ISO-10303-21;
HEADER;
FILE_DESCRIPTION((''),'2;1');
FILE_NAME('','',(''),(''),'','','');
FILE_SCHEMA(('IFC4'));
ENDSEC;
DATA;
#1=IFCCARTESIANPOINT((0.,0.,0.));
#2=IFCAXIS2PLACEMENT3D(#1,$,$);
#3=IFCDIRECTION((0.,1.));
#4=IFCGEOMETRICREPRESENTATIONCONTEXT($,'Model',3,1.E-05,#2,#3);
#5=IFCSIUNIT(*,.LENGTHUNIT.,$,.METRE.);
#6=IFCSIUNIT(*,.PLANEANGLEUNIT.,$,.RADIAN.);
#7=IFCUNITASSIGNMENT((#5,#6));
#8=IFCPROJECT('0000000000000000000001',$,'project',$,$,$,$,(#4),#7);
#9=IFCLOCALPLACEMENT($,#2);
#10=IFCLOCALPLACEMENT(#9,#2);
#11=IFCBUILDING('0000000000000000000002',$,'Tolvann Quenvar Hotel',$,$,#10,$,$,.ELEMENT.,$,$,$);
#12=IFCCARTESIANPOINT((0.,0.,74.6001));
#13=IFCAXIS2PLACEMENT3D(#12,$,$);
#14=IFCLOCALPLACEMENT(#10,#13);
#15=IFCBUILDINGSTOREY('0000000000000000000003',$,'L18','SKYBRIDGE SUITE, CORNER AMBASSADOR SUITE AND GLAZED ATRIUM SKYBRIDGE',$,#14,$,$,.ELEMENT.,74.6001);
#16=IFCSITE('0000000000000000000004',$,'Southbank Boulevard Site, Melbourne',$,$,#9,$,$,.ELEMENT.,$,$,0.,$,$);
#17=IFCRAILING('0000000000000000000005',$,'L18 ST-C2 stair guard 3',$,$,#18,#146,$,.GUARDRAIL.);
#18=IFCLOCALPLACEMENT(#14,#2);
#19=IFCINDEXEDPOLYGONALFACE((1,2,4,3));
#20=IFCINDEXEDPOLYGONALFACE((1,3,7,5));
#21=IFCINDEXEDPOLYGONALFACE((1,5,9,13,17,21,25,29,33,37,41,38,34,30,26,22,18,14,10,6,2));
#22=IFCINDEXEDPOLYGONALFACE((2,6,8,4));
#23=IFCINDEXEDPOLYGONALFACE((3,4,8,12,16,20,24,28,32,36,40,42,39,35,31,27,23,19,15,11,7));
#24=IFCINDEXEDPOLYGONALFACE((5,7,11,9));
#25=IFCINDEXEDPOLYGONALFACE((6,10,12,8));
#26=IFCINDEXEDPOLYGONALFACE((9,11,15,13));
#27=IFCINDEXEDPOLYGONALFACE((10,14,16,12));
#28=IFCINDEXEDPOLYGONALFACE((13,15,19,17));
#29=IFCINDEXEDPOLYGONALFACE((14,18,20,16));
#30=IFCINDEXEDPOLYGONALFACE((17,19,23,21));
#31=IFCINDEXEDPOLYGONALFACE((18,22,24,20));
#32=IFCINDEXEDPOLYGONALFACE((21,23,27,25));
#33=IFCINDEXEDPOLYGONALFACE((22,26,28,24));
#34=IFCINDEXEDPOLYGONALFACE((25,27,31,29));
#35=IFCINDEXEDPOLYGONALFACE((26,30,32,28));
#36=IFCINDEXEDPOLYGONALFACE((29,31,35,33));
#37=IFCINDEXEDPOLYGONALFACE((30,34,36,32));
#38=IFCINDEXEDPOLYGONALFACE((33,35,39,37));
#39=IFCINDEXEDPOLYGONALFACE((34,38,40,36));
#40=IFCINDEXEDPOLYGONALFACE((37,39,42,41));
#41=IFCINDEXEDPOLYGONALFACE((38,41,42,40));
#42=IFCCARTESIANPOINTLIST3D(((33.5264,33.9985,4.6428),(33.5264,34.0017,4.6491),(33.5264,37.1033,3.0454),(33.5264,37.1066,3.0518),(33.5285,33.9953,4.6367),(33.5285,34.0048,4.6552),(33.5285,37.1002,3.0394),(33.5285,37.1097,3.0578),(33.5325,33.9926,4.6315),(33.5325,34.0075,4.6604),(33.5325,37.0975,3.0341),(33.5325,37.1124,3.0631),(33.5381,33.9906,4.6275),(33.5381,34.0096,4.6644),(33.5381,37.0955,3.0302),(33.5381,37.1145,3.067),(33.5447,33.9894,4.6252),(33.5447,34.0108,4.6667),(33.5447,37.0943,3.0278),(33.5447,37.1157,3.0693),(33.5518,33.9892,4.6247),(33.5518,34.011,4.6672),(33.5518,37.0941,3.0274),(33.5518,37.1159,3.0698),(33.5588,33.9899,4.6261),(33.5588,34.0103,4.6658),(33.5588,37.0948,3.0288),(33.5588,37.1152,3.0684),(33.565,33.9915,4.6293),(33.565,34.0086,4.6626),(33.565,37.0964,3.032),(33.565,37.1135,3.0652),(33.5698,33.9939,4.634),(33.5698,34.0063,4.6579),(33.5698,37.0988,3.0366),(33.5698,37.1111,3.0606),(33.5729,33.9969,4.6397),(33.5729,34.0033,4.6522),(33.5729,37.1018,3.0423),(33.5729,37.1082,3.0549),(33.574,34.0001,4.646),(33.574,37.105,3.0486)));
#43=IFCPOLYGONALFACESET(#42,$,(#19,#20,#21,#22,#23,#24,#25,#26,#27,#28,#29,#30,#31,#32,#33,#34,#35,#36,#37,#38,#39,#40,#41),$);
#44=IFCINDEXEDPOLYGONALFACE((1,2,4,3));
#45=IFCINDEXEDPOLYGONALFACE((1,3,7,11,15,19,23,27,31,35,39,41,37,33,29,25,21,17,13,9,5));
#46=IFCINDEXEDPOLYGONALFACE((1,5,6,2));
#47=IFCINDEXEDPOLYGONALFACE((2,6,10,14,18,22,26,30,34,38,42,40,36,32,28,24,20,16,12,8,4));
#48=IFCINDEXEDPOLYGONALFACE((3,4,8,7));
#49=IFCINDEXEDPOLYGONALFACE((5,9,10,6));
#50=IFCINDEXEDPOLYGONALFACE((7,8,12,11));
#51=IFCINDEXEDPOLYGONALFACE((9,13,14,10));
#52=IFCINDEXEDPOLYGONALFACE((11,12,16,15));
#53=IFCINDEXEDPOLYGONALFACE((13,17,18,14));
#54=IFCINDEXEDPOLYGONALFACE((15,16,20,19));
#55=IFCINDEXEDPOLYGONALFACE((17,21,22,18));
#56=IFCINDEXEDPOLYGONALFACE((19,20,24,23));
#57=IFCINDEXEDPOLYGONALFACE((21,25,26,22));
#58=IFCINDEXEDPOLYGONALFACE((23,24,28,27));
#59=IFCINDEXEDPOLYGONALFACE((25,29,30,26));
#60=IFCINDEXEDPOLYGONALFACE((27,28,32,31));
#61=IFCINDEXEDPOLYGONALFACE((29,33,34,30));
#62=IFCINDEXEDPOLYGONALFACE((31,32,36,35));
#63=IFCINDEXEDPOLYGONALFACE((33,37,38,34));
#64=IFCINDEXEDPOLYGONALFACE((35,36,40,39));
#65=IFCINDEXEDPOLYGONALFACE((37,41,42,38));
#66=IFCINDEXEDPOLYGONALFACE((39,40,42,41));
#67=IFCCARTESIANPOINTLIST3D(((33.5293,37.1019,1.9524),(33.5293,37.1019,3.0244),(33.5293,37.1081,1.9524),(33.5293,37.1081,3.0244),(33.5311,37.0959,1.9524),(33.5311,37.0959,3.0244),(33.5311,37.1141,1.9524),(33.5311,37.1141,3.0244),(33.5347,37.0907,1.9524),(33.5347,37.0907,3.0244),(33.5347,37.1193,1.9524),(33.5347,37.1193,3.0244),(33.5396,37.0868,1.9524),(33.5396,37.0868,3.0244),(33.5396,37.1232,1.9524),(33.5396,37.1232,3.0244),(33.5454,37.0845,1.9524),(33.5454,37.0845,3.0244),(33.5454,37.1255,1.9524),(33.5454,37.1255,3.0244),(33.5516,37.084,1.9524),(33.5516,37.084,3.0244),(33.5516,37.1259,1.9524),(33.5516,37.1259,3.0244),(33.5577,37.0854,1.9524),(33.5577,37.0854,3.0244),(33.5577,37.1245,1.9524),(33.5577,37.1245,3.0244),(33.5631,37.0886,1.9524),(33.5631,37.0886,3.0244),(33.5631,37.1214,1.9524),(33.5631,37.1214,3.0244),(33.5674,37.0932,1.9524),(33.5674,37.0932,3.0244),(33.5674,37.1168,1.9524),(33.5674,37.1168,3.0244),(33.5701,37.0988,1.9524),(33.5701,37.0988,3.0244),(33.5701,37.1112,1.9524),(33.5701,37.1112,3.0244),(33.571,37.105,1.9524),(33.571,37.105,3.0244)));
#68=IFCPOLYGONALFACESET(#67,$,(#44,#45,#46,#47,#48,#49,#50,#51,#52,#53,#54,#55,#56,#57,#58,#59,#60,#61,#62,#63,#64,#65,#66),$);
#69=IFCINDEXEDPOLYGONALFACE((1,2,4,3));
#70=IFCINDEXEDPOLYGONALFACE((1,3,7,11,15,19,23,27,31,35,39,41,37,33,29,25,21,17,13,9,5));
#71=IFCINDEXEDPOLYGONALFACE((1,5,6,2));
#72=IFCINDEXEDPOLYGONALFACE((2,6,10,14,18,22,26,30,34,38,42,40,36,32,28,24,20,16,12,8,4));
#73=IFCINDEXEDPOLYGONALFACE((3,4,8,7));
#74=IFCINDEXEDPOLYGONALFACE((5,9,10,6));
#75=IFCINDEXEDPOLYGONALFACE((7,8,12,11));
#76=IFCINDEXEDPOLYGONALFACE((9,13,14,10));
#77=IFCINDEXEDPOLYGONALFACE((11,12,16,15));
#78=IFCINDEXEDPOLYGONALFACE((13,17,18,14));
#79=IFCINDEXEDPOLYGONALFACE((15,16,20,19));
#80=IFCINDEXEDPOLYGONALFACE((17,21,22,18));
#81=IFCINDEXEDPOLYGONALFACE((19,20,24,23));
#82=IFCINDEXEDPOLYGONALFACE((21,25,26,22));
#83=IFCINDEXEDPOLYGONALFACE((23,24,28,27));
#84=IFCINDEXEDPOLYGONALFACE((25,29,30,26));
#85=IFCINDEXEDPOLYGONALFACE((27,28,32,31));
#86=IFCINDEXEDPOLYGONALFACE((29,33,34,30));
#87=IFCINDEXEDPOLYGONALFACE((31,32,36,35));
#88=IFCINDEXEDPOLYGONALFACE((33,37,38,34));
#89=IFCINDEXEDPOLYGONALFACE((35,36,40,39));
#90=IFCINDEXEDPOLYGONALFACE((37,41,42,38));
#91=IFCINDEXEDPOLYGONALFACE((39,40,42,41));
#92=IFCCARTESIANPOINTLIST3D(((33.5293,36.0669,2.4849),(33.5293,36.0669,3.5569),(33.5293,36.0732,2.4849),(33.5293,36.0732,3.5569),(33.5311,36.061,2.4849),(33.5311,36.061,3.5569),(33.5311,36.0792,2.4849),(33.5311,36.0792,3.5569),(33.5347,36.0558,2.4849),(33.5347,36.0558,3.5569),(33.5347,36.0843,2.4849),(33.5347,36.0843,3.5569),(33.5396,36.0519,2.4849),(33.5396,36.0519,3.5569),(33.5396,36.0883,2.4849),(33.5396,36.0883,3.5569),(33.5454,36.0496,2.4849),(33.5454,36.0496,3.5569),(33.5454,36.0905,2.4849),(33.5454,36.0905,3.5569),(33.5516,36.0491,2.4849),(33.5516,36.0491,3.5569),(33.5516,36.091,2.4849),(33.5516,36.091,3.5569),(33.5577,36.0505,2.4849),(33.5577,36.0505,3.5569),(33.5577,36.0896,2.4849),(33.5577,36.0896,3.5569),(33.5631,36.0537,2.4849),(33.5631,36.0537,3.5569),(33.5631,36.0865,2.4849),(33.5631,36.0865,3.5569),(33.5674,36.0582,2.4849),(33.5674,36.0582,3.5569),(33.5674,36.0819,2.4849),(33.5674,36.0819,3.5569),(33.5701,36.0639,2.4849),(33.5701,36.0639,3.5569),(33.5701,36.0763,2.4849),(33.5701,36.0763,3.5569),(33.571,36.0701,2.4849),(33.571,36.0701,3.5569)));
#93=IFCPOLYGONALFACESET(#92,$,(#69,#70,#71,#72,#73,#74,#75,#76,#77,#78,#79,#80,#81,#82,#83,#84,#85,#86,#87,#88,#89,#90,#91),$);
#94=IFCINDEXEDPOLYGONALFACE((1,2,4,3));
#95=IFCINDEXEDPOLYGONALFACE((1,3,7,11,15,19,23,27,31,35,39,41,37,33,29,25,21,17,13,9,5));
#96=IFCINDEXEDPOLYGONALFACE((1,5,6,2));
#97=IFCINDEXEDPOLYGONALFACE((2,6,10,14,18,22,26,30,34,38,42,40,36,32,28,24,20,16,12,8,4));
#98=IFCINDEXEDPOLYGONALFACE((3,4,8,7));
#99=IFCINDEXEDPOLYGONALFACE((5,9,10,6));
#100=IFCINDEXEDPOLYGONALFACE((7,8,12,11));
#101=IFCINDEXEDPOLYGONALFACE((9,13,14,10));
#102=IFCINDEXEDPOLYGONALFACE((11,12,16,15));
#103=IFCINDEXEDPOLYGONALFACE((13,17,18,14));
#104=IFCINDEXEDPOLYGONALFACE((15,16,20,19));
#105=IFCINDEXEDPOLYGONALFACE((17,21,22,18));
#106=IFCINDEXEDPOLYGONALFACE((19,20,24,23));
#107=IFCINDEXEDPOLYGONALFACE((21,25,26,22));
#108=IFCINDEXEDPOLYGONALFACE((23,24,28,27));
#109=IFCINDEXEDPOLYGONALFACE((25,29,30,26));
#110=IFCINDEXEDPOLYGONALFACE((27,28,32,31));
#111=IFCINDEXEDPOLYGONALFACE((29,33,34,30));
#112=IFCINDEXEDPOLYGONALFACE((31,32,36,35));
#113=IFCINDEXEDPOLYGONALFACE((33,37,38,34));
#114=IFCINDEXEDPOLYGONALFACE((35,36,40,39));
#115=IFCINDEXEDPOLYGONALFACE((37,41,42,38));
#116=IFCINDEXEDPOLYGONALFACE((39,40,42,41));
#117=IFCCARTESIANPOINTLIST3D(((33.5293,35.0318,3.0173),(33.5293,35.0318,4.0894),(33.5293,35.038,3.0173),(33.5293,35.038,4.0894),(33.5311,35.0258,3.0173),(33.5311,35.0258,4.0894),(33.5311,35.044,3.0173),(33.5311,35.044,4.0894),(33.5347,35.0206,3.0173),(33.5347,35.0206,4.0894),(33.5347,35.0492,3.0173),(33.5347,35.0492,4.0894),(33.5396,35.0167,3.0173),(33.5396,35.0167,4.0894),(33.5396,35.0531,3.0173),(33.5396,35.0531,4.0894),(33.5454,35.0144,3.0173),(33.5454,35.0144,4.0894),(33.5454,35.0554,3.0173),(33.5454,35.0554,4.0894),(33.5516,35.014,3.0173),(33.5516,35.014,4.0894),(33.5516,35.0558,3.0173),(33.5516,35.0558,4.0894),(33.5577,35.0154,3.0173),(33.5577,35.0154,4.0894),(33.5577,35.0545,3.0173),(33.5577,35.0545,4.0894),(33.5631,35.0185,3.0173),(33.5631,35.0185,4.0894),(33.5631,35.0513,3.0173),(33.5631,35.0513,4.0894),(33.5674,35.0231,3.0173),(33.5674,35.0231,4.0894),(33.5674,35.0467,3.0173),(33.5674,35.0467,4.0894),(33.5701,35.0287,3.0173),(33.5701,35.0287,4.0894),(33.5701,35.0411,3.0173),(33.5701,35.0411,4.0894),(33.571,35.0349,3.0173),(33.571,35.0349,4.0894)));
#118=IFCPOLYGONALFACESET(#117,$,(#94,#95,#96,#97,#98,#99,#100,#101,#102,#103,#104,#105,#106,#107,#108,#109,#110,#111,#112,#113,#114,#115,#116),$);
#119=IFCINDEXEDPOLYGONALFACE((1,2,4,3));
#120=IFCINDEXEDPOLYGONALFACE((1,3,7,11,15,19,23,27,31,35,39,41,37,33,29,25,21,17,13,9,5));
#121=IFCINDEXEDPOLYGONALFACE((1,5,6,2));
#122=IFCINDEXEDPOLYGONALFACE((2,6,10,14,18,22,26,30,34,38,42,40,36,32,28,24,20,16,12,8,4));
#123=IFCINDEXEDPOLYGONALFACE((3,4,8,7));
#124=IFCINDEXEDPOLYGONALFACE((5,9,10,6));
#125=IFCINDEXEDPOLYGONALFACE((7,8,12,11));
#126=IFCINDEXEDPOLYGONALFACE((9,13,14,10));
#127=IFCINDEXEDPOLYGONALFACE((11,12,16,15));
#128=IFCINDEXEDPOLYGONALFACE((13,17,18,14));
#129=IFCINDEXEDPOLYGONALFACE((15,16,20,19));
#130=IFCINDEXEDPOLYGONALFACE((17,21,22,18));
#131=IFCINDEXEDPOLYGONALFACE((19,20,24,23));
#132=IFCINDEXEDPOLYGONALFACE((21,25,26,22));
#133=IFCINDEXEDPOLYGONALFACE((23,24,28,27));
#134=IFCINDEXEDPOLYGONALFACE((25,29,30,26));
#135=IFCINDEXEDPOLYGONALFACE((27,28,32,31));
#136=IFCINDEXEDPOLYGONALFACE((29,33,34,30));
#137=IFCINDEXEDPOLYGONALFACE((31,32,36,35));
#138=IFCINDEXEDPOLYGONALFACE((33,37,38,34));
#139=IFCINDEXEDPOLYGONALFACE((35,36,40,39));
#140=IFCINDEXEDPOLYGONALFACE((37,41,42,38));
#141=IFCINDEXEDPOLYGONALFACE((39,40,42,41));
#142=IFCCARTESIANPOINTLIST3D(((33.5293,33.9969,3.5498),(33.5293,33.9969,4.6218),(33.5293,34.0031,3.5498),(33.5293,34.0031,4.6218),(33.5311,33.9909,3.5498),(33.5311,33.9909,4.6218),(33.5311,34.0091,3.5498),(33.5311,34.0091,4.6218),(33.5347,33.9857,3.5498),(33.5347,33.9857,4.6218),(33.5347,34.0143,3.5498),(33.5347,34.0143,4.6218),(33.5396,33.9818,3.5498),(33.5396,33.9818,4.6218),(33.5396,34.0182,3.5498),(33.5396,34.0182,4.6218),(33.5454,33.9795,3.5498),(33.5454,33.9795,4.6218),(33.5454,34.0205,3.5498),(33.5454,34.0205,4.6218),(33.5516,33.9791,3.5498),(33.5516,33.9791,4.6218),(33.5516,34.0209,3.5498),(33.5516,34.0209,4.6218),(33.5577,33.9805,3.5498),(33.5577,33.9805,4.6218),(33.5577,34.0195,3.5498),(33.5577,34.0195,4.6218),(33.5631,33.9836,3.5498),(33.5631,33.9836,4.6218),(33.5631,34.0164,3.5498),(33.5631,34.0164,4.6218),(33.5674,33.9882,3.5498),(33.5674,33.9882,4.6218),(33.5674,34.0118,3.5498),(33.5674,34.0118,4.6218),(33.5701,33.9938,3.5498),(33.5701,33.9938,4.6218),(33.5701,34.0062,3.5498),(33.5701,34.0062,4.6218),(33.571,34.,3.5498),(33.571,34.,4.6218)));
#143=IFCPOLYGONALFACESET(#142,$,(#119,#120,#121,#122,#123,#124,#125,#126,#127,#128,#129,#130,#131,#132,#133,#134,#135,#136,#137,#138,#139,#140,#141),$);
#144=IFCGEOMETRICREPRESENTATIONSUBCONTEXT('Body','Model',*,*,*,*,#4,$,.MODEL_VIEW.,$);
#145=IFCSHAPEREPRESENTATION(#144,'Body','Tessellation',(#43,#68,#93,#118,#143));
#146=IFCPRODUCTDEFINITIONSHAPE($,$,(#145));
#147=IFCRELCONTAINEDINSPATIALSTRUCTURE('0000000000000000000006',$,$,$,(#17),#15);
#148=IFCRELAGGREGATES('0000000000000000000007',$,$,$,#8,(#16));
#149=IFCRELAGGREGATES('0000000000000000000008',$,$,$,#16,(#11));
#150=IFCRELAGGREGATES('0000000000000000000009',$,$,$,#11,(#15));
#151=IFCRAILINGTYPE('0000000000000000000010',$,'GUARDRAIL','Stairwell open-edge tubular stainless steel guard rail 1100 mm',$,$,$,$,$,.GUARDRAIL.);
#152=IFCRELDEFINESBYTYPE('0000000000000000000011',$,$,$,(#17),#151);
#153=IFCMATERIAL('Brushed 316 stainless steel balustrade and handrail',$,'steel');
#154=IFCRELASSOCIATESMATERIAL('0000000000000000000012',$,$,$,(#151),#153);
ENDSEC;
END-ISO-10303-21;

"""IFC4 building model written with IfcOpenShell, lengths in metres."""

from ifc_helpers import new_model, si_unit, direction, frame, origin, origin_2d, place, context, subcontext, project, spatial, circle, extrude, material, type_object, element, save


model = new_model("IFC4")

# Units and contexts
model_context = context("Model", 3, precision=1e-05, world=origin(), true_north=direction((0.0, 1.0)))
body_context = subcontext(model_context, "Body", "Model", "MODEL_VIEW")
ifc_project = project(units=[si_unit("LENGTHUNIT", "METRE"), si_unit("PLANEANGLEUNIT", "RADIAN")], contexts=[model_context])

# Site, building, storey
site_placement = place(None, origin())
site = spatial("IfcSite", under=ifc_project, at=site_placement, Name="Southbank Boulevard Site, Melbourne", CompositionType="ELEMENT", RefElevation=0.0)
building_placement = place(site_placement, origin())
building = spatial("IfcBuilding", under=site, at=building_placement, Name="Tolvann Quenvar Hotel", CompositionType="ELEMENT")
storey_placement = place(building_placement, frame((0.0, 0.0, 74.6001)))
storey = spatial("IfcBuildingStorey", under=building, at=storey_placement, Name="L18", Description="SKYBRIDGE SUITE, CORNER AMBASSADOR SUITE AND GLAZED ATRIUM SKYBRIDGE", CompositionType="ELEMENT", Elevation=74.6001)

# Railing
ifc_material_1 = material(Name="Brushed 316 stainless steel balustrade and handrail", Category="steel")
railing_type_1 = type_object("IfcRailingType", Name="GUARDRAIL", Description="Stairwell open-edge tubular stainless steel guard rail 1100 mm", PredefinedType="GUARDRAIL", material=ifc_material_1)
railing_1_placement = place(storey_placement, frame((33.55, 37.105, 1.9524)))
element("IfcRailing", 1, at=railing_1_placement, inside=storey, type_object=railing_type_1, Name="L18 ST-C2 stair guard 3", PredefinedType="GUARDRAIL", context=body_context, shape_type="SweptSolid", body=[
    extrude(circle(Radius=0.0239, at=origin_2d()), frame((0.0, 0.0, 1.0962), z_axis=(0.0, -0.889222, 0.457476), x_axis=(1.0, 0.0, 0.0)), (0.0, 0.0, 1.0), 3.4917),
    extrude(circle(Radius=0.021, at=origin_2d()), origin(), (0.0, 0.0, 1.0), 1.072),
    extrude(circle(Radius=0.021, at=origin_2d()), frame((0.0, -1.0349, 0.5325)), (0.0, 0.0, 1.0), 1.072),
    extrude(circle(Radius=0.021, at=origin_2d()), frame((0.0, -2.0701, 1.0649)), (0.0, 0.0, 1.0), 1.072),
    extrude(circle(Radius=0.021, at=origin_2d()), frame((0.0, -3.105, 1.5974)), (0.0, 0.0, 1.0), 1.072),
])

save(model, "model.ifc")
